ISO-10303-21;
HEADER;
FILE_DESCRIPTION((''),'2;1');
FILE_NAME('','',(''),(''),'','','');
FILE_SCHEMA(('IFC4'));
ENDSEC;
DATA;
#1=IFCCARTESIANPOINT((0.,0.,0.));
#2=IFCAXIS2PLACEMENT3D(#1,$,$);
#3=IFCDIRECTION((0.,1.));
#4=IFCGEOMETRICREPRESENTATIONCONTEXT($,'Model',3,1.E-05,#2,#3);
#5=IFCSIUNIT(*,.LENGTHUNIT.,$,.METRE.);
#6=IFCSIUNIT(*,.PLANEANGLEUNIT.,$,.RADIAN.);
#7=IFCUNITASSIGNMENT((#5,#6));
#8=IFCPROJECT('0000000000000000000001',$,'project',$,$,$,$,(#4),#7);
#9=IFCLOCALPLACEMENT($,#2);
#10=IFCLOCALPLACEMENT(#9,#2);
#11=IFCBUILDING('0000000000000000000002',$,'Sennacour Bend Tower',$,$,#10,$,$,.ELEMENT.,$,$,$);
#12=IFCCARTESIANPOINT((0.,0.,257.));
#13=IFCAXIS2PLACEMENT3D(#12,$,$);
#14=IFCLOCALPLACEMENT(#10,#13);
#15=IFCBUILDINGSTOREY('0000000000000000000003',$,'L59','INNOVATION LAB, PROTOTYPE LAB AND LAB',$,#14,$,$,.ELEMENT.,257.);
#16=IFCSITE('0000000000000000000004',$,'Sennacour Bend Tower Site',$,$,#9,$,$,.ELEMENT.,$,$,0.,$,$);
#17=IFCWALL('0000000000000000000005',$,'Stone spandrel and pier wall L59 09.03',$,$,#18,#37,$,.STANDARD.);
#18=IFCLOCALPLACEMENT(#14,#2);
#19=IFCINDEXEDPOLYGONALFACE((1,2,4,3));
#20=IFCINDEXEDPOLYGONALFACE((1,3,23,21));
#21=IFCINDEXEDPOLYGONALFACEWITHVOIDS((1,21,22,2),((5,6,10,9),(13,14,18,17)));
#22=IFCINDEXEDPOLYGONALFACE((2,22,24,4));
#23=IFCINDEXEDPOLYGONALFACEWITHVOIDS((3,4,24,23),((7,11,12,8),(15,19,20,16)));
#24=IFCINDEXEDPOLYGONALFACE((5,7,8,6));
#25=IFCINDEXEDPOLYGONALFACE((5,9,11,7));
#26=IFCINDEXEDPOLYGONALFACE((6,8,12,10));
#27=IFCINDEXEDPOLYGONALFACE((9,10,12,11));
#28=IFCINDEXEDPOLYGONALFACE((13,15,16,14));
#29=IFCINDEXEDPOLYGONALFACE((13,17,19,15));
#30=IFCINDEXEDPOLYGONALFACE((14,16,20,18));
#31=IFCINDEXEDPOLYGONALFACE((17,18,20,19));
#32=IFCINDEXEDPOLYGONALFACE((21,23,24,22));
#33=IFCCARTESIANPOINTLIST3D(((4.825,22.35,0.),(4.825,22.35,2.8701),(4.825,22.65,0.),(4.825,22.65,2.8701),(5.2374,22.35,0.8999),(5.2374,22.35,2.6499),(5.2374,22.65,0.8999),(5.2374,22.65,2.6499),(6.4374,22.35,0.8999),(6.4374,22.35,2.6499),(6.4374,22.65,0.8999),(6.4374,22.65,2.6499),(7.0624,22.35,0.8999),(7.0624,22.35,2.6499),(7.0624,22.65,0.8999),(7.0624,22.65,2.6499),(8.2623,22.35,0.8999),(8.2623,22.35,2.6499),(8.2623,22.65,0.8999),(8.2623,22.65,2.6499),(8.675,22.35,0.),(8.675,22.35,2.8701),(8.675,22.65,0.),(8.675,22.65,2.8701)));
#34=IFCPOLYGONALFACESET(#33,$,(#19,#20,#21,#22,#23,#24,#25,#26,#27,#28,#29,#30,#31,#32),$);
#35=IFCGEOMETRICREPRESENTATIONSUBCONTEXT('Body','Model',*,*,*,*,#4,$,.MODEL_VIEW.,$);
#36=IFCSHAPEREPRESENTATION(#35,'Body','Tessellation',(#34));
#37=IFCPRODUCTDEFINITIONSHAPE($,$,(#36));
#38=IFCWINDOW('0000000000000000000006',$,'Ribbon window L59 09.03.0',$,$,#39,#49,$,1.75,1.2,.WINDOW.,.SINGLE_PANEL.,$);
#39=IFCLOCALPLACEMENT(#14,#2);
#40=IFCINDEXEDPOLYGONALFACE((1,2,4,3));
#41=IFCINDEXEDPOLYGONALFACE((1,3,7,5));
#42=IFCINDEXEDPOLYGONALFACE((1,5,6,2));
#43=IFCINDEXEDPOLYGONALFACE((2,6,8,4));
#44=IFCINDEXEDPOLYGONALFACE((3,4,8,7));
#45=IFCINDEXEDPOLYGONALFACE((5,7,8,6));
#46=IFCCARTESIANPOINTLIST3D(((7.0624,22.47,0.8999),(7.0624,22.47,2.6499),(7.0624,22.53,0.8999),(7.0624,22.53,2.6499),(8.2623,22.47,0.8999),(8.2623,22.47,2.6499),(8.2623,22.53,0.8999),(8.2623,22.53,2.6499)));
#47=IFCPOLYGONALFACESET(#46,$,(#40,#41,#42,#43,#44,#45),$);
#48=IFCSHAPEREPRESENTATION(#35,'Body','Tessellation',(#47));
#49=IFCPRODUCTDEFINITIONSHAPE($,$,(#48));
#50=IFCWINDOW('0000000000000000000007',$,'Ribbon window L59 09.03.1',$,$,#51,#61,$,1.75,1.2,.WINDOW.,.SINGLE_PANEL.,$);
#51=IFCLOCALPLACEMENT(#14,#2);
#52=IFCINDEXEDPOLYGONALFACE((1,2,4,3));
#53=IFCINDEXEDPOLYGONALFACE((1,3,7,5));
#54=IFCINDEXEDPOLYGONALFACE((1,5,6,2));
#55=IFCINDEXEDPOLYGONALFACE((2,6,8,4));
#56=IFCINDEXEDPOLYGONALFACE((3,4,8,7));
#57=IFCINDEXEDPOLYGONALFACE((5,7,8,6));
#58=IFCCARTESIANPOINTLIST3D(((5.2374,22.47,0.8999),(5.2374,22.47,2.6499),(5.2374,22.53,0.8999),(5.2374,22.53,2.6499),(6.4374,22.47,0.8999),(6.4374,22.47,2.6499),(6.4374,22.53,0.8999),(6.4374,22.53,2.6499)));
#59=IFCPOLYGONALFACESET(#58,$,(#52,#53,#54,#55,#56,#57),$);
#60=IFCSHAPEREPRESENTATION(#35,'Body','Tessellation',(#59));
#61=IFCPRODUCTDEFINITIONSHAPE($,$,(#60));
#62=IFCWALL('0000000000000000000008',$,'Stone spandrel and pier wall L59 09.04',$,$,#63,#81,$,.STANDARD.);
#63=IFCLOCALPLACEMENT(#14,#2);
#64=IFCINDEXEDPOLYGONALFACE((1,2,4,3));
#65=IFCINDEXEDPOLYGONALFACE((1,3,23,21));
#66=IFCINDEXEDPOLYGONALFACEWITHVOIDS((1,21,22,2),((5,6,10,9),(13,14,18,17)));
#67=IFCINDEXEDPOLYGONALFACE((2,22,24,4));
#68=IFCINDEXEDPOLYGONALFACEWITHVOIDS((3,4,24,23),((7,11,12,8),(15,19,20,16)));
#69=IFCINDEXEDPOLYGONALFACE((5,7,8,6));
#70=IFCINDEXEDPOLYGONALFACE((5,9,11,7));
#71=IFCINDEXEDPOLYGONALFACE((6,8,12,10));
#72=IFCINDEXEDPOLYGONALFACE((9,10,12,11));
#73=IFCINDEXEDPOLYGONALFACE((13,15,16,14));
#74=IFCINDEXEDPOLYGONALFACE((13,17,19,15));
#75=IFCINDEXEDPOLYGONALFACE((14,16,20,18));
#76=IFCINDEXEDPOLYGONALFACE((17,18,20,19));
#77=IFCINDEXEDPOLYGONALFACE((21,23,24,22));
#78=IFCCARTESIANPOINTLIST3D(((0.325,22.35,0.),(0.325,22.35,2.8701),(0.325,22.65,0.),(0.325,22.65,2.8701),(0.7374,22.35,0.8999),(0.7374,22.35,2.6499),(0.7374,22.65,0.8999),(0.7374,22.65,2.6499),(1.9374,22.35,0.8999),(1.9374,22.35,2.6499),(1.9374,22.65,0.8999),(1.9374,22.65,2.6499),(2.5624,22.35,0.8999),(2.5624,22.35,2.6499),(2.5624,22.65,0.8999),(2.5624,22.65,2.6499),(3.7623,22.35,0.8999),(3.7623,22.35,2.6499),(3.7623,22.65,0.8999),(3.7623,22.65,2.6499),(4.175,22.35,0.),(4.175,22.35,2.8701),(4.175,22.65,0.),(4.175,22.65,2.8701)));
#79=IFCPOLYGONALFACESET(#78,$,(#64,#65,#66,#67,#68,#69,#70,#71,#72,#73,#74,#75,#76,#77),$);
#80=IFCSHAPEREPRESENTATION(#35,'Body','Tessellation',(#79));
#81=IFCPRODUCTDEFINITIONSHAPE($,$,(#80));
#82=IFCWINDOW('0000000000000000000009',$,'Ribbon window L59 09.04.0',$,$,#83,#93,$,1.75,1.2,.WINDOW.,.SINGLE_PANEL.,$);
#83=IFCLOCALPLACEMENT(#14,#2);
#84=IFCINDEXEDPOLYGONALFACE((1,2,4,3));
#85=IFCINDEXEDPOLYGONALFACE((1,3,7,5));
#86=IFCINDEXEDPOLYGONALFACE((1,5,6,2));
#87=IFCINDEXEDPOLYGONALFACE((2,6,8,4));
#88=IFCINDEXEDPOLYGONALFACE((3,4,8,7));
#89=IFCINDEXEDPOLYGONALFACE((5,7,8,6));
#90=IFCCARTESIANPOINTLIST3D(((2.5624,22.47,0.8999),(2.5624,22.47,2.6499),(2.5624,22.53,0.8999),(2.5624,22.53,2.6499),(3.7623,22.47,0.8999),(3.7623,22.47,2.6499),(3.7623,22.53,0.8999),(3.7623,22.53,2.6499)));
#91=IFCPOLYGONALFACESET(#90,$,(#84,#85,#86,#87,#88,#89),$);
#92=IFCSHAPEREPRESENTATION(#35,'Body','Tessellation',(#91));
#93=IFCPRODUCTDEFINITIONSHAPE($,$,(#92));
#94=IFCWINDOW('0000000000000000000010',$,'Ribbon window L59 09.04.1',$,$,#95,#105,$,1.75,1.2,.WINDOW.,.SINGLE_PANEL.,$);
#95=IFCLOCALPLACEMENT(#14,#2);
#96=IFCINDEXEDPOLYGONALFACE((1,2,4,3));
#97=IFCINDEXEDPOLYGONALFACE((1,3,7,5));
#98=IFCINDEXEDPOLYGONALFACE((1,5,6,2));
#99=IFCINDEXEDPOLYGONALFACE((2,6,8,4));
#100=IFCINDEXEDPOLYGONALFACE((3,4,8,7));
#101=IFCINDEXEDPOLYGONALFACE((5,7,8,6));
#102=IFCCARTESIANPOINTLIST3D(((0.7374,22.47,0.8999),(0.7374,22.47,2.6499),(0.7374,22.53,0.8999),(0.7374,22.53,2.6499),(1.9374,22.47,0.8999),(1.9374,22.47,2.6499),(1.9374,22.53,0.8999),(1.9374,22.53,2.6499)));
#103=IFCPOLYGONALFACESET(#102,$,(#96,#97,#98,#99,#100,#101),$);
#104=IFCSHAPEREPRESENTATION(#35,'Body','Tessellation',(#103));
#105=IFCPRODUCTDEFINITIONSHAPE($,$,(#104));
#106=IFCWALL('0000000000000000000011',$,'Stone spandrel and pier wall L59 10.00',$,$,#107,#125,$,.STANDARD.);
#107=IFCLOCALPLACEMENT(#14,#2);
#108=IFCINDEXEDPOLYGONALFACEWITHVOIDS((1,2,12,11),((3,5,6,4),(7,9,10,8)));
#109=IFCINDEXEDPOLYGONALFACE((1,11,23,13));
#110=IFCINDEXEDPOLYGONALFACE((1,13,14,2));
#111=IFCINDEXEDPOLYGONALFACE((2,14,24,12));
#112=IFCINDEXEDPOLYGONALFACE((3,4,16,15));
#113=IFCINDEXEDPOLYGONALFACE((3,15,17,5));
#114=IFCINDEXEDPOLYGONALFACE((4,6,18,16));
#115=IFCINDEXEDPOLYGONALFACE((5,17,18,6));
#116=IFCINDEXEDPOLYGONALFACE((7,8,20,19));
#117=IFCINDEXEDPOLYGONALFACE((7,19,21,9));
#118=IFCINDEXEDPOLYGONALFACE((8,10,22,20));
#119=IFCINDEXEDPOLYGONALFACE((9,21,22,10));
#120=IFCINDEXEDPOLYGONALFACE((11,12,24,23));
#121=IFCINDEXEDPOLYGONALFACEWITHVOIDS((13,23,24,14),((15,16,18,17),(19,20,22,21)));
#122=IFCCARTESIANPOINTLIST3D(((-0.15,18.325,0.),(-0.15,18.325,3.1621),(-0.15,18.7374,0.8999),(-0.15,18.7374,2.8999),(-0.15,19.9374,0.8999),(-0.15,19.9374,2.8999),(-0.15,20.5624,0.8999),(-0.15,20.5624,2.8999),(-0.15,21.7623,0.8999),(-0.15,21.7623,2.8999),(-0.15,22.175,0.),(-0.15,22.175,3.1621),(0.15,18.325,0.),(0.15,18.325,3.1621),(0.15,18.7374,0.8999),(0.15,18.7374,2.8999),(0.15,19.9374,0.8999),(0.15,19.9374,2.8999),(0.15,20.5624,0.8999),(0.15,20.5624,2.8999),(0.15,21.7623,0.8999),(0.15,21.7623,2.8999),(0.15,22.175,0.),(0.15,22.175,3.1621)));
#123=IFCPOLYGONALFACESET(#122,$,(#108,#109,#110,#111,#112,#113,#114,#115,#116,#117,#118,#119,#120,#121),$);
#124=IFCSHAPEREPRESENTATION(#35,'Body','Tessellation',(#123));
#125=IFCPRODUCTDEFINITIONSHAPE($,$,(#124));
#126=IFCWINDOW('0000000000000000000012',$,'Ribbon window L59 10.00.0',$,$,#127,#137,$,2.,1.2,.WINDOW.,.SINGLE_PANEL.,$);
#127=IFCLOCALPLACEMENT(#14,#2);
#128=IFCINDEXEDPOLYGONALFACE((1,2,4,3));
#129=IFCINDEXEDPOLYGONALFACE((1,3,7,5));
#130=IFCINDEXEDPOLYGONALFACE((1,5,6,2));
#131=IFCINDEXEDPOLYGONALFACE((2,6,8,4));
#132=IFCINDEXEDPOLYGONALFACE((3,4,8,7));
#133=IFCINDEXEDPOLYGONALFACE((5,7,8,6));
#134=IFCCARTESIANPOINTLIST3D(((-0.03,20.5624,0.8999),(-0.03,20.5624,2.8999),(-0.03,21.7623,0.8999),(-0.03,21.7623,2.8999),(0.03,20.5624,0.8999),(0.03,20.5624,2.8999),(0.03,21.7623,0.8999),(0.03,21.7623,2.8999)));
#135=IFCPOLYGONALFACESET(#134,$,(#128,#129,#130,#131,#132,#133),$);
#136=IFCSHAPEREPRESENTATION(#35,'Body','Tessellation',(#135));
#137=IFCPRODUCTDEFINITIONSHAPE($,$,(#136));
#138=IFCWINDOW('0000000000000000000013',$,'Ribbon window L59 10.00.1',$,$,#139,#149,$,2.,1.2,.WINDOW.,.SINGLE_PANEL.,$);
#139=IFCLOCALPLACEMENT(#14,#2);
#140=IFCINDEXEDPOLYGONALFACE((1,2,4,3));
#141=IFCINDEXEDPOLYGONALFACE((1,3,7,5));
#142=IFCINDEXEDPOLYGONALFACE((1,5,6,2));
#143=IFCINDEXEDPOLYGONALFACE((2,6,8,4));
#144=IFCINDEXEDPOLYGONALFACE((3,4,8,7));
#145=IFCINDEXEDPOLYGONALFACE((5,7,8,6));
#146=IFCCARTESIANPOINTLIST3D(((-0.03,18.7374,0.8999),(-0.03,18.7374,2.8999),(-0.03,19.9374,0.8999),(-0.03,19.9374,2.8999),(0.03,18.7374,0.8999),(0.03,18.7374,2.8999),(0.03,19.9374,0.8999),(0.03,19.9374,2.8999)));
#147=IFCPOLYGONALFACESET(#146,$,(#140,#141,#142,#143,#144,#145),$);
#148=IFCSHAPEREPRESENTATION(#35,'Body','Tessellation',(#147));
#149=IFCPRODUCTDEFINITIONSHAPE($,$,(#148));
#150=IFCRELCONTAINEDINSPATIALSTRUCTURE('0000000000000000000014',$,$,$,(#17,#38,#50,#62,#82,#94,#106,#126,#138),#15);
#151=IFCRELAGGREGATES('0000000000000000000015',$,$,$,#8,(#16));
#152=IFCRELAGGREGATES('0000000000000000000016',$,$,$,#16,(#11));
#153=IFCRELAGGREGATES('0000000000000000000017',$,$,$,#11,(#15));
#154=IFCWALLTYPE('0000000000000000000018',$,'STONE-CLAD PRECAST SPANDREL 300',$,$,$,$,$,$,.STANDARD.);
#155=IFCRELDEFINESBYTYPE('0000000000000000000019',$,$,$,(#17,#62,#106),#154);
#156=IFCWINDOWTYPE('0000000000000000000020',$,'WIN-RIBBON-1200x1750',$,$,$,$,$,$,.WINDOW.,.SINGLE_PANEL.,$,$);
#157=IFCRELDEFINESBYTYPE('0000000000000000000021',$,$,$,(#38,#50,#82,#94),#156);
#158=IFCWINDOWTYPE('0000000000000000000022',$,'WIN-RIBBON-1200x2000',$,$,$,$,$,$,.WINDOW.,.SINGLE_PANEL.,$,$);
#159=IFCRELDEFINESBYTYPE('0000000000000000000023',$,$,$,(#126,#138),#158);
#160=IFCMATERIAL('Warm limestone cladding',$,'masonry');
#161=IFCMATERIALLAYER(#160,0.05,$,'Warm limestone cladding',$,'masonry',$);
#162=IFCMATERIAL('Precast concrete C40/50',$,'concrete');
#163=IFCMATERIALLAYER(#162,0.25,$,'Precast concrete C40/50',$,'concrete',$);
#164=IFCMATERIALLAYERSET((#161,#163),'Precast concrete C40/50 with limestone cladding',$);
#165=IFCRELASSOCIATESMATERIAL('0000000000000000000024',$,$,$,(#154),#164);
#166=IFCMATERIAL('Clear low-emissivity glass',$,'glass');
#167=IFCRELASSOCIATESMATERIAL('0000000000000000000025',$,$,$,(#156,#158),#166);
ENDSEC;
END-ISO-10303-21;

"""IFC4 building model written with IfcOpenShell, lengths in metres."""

from ifc_helpers import new_model, si_unit, direction, frame, frame_2d, origin, place, context, subcontext, project, spatial, rectangle, extrude, material, layer, layer_set, type_object, element, fill, save


model = new_model("IFC4")

# Units and contexts
model_context = context("Model", 3, precision=1e-05, world=origin(), true_north=direction((0.0, 1.0)))
body_context = subcontext(model_context, "Body", "Model", "MODEL_VIEW")
ifc_project = project(units=[si_unit("LENGTHUNIT", "METRE"), si_unit("PLANEANGLEUNIT", "RADIAN")], contexts=[model_context])

# Site, building, storey
site_placement = place(None, origin())
site = spatial("IfcSite", under=ifc_project, at=site_placement, Name="Sennacour Bend Tower Site", CompositionType="ELEMENT", RefElevation=0.0)
building_placement = place(site_placement, origin())
building = spatial("IfcBuilding", under=site, at=building_placement, Name="Sennacour Bend Tower", CompositionType="ELEMENT")
storey_placement = place(building_placement, frame((0.0, 0.0, 257.0)))
storey = spatial("IfcBuildingStorey", under=building, at=storey_placement, Name="L59", Description="INNOVATION LAB, PROTOTYPE LAB AND LAB", CompositionType="ELEMENT", Elevation=257.0)

# Walls, openings, windows
ifc_material_1 = material(Name="Warm limestone cladding", Category="masonry")
ifc_layer_1 = layer(ifc_material_1, 0.05, Name="Warm limestone cladding", Category="masonry")
ifc_material_2 = material(Name="Precast concrete C40/50", Category="concrete")
ifc_layer_2 = layer(ifc_material_2, 0.25, Name="Precast concrete C40/50", Category="concrete")
ifc_layer_set_1 = layer_set([ifc_layer_1, ifc_layer_2], Name="Precast concrete C40/50 with limestone cladding")
wall_type_1 = type_object("IfcWallType", Name="STONE-CLAD PRECAST SPANDREL 300", PredefinedType="STANDARD", material=ifc_layer_set_1)
wall_1_placement = place(storey_placement, frame((8.675, 22.5, 0.0), z_axis=(0.0, 0.0, 1.0), x_axis=(-1.0, 0.0, 0.0)))
wall_1 = element("IfcWall", 1, at=wall_1_placement, inside=storey, type_object=wall_type_1, Name="Stone spandrel and pier wall L59 09.03", PredefinedType="STANDARD", context=body_context, shape_type="SweptSolid", body=[
    extrude(rectangle(XDim=3.8501, YDim=0.3, at=frame_2d((1.925, 0.0))), origin(), (0.0, 0.0, 1.0), 2.8701),
])
opening_1_placement = place(wall_1_placement, frame((0.4126, 0.0, 0.8999)))
opening_1 = element("IfcOpeningElement", 2, at=opening_1_placement, cuts=wall_1, PredefinedType="OPENING", context=body_context, shape_type="SweptSolid", body=[
    extrude(rectangle(XDim=1.2, YDim=1.75, at=frame_2d((0.6001, 0.875))), frame((0.0, 0.1602, 0.0), z_axis=(0.0, -1.0, 0.0), x_axis=(1.0, 0.0, 0.0)), (0.0, 0.0, 1.0), 0.3201),
])
opening_2_placement = place(wall_1_placement, frame((2.2375, 0.0, 0.8999)))
opening_2 = element("IfcOpeningElement", 3, at=opening_2_placement, cuts=wall_1, PredefinedType="OPENING", context=body_context, shape_type="SweptSolid", body=[
    extrude(rectangle(XDim=1.2, YDim=1.75, at=frame_2d((0.6001, 0.875))), frame((0.0, 0.1602, 0.0), z_axis=(0.0, -1.0, 0.0), x_axis=(1.0, 0.0, 0.0)), (0.0, 0.0, 1.0), 0.3201),
])
ifc_material_3 = material(Name="Clear low-emissivity glass", Category="glass")
window_type_1 = type_object("IfcWindowType", Name="WIN-RIBBON-1200x1750", PartitioningType="SINGLE_PANEL", PredefinedType="WINDOW", material=ifc_material_3)
window_1_placement = place(opening_1_placement, origin())
window_1 = element("IfcWindow", 4, at=window_1_placement, inside=storey, type_object=window_type_1, Name="Ribbon window L59 09.03.0", OverallHeight=1.75, OverallWidth=1.2, PartitioningType="SINGLE_PANEL", PredefinedType="WINDOW", context=body_context, shape_type="SweptSolid", body=[
    extrude(rectangle(XDim=1.2, YDim=1.75, at=frame_2d((0.6001, 0.875))), frame((0.0, 0.03, 0.0), z_axis=(0.0, -1.0, 0.0), x_axis=(1.0, 0.0, 0.0)), (0.0, 0.0, 1.0), 0.0601),
])
fill(opening_1, window_1)
window_2_placement = place(opening_2_placement, origin())
window_2 = element("IfcWindow", 5, at=window_2_placement, inside=storey, type_object=window_type_1, Name="Ribbon window L59 09.03.1", OverallHeight=1.75, OverallWidth=1.2, PartitioningType="SINGLE_PANEL", PredefinedType="WINDOW", context=body_context, shape_type="SweptSolid", body=[
    extrude(rectangle(XDim=1.2, YDim=1.75, at=frame_2d((0.6001, 0.875))), frame((0.0, 0.03, 0.0), z_axis=(0.0, -1.0, 0.0), x_axis=(1.0, 0.0, 0.0)), (0.0, 0.0, 1.0), 0.0601),
])
fill(opening_2, window_2)
wall_2_placement = place(storey_placement, frame((4.175, 22.5, 0.0), z_axis=(0.0, 0.0, 1.0), x_axis=(-1.0, 0.0, 0.0)))
wall_2 = element("IfcWall", 6, at=wall_2_placement, inside=storey, type_object=wall_type_1, Name="Stone spandrel and pier wall L59 09.04", PredefinedType="STANDARD", context=body_context, shape_type="SweptSolid", body=[
    extrude(rectangle(XDim=3.8501, YDim=0.3, at=frame_2d((1.925, 0.0))), origin(), (0.0, 0.0, 1.0), 2.8701),
])
opening_3_placement = place(wall_2_placement, frame((0.4126, 0.0, 0.8999)))
opening_3 = element("IfcOpeningElement", 7, at=opening_3_placement, cuts=wall_2, PredefinedType="OPENING", context=body_context, shape_type="SweptSolid", body=[
    extrude(rectangle(XDim=1.2, YDim=1.75, at=frame_2d((0.6001, 0.875))), frame((0.0, 0.1602, 0.0), z_axis=(0.0, -1.0, 0.0), x_axis=(1.0, 0.0, 0.0)), (0.0, 0.0, 1.0), 0.3201),
])
opening_4_placement = place(wall_2_placement, frame((2.2375, 0.0, 0.8999)))
opening_4 = element("IfcOpeningElement", 8, at=opening_4_placement, cuts=wall_2, PredefinedType="OPENING", context=body_context, shape_type="SweptSolid", body=[
    extrude(rectangle(XDim=1.2, YDim=1.75, at=frame_2d((0.6001, 0.875))), frame((0.0, 0.1602, 0.0), z_axis=(0.0, -1.0, 0.0), x_axis=(1.0, 0.0, 0.0)), (0.0, 0.0, 1.0), 0.3201),
])
window_3_placement = place(opening_3_placement, origin())
window_3 = element("IfcWindow", 9, at=window_3_placement, inside=storey, type_object=window_type_1, Name="Ribbon window L59 09.04.0", OverallHeight=1.75, OverallWidth=1.2, PartitioningType="SINGLE_PANEL", PredefinedType="WINDOW", context=body_context, shape_type="SweptSolid", body=[
    extrude(rectangle(XDim=1.2, YDim=1.75, at=frame_2d((0.6001, 0.875))), frame((0.0, 0.03, 0.0), z_axis=(0.0, -1.0, 0.0), x_axis=(1.0, 0.0, 0.0)), (0.0, 0.0, 1.0), 0.0601),
])
fill(opening_3, window_3)
window_4_placement = place(opening_4_placement, origin())
window_4 = element("IfcWindow", 10, at=window_4_placement, inside=storey, type_object=window_type_1, Name="Ribbon window L59 09.04.1", OverallHeight=1.75, OverallWidth=1.2, PartitioningType="SINGLE_PANEL", PredefinedType="WINDOW", context=body_context, shape_type="SweptSolid", body=[
    extrude(rectangle(XDim=1.2, YDim=1.75, at=frame_2d((0.6001, 0.875))), frame((0.0, 0.03, 0.0), z_axis=(0.0, -1.0, 0.0), x_axis=(1.0, 0.0, 0.0)), (0.0, 0.0, 1.0), 0.0601),
])
fill(opening_4, window_4)
wall_3_placement = place(storey_placement, frame((0.0, 22.175, 0.0), z_axis=(0.0, 0.0, 1.0), x_axis=(0.0, -1.0, 0.0)))
wall_3 = element("IfcWall", 11, at=wall_3_placement, inside=storey, type_object=wall_type_1, Name="Stone spandrel and pier wall L59 10.00", PredefinedType="STANDARD", context=body_context, shape_type="SweptSolid", body=[
    extrude(rectangle(XDim=3.8501, YDim=0.3, at=frame_2d((1.925, 0.0))), origin(), (0.0, 0.0, 1.0), 3.1621),
])
opening_5_placement = place(wall_3_placement, frame((0.4126, 0.0, 0.8999)))
opening_5 = element("IfcOpeningElement", 12, at=opening_5_placement, cuts=wall_3, PredefinedType="OPENING", context=body_context, shape_type="SweptSolid", body=[
    extrude(rectangle(XDim=1.2, YDim=2.0, at=frame_2d((0.6001, 1.0))), frame((0.0, 0.1602, 0.0), z_axis=(0.0, -1.0, 0.0), x_axis=(1.0, 0.0, 0.0)), (0.0, 0.0, 1.0), 0.3201),
])
opening_6_placement = place(wall_3_placement, frame((2.2375, 0.0, 0.8999)))
opening_6 = element("IfcOpeningElement", 13, at=opening_6_placement, cuts=wall_3, PredefinedType="OPENING", context=body_context, shape_type="SweptSolid", body=[
    extrude(rectangle(XDim=1.2, YDim=2.0, at=frame_2d((0.6001, 1.0))), frame((0.0, 0.1602, 0.0), z_axis=(0.0, -1.0, 0.0), x_axis=(1.0, 0.0, 0.0)), (0.0, 0.0, 1.0), 0.3201),
])
window_type_2 = type_object("IfcWindowType", Name="WIN-RIBBON-1200x2000", PartitioningType="SINGLE_PANEL", PredefinedType="WINDOW", material=ifc_material_3)
window_5_placement = place(opening_5_placement, origin())
window_5 = element("IfcWindow", 14, at=window_5_placement, inside=storey, type_object=window_type_2, Name="Ribbon window L59 10.00.0", OverallHeight=2.0, OverallWidth=1.2, PartitioningType="SINGLE_PANEL", PredefinedType="WINDOW", context=body_context, shape_type="SweptSolid", body=[
    extrude(rectangle(XDim=1.2, YDim=2.0, at=frame_2d((0.6001, 1.0))), frame((0.0, 0.03, 0.0), z_axis=(0.0, -1.0, 0.0), x_axis=(1.0, 0.0, 0.0)), (0.0, 0.0, 1.0), 0.0601),
])
fill(opening_5, window_5)
window_6_placement = place(opening_6_placement, origin())
window_6 = element("IfcWindow", 15, at=window_6_placement, inside=storey, type_object=window_type_2, Name="Ribbon window L59 10.00.1", OverallHeight=2.0, OverallWidth=1.2, PartitioningType="SINGLE_PANEL", PredefinedType="WINDOW", context=body_context, shape_type="SweptSolid", body=[
    extrude(rectangle(XDim=1.2, YDim=2.0, at=frame_2d((0.6001, 1.0))), frame((0.0, 0.03, 0.0), z_axis=(0.0, -1.0, 0.0), x_axis=(1.0, 0.0, 0.0)), (0.0, 0.0, 1.0), 0.0601),
])
fill(opening_6, window_6)

save(model, "model.ifc")
